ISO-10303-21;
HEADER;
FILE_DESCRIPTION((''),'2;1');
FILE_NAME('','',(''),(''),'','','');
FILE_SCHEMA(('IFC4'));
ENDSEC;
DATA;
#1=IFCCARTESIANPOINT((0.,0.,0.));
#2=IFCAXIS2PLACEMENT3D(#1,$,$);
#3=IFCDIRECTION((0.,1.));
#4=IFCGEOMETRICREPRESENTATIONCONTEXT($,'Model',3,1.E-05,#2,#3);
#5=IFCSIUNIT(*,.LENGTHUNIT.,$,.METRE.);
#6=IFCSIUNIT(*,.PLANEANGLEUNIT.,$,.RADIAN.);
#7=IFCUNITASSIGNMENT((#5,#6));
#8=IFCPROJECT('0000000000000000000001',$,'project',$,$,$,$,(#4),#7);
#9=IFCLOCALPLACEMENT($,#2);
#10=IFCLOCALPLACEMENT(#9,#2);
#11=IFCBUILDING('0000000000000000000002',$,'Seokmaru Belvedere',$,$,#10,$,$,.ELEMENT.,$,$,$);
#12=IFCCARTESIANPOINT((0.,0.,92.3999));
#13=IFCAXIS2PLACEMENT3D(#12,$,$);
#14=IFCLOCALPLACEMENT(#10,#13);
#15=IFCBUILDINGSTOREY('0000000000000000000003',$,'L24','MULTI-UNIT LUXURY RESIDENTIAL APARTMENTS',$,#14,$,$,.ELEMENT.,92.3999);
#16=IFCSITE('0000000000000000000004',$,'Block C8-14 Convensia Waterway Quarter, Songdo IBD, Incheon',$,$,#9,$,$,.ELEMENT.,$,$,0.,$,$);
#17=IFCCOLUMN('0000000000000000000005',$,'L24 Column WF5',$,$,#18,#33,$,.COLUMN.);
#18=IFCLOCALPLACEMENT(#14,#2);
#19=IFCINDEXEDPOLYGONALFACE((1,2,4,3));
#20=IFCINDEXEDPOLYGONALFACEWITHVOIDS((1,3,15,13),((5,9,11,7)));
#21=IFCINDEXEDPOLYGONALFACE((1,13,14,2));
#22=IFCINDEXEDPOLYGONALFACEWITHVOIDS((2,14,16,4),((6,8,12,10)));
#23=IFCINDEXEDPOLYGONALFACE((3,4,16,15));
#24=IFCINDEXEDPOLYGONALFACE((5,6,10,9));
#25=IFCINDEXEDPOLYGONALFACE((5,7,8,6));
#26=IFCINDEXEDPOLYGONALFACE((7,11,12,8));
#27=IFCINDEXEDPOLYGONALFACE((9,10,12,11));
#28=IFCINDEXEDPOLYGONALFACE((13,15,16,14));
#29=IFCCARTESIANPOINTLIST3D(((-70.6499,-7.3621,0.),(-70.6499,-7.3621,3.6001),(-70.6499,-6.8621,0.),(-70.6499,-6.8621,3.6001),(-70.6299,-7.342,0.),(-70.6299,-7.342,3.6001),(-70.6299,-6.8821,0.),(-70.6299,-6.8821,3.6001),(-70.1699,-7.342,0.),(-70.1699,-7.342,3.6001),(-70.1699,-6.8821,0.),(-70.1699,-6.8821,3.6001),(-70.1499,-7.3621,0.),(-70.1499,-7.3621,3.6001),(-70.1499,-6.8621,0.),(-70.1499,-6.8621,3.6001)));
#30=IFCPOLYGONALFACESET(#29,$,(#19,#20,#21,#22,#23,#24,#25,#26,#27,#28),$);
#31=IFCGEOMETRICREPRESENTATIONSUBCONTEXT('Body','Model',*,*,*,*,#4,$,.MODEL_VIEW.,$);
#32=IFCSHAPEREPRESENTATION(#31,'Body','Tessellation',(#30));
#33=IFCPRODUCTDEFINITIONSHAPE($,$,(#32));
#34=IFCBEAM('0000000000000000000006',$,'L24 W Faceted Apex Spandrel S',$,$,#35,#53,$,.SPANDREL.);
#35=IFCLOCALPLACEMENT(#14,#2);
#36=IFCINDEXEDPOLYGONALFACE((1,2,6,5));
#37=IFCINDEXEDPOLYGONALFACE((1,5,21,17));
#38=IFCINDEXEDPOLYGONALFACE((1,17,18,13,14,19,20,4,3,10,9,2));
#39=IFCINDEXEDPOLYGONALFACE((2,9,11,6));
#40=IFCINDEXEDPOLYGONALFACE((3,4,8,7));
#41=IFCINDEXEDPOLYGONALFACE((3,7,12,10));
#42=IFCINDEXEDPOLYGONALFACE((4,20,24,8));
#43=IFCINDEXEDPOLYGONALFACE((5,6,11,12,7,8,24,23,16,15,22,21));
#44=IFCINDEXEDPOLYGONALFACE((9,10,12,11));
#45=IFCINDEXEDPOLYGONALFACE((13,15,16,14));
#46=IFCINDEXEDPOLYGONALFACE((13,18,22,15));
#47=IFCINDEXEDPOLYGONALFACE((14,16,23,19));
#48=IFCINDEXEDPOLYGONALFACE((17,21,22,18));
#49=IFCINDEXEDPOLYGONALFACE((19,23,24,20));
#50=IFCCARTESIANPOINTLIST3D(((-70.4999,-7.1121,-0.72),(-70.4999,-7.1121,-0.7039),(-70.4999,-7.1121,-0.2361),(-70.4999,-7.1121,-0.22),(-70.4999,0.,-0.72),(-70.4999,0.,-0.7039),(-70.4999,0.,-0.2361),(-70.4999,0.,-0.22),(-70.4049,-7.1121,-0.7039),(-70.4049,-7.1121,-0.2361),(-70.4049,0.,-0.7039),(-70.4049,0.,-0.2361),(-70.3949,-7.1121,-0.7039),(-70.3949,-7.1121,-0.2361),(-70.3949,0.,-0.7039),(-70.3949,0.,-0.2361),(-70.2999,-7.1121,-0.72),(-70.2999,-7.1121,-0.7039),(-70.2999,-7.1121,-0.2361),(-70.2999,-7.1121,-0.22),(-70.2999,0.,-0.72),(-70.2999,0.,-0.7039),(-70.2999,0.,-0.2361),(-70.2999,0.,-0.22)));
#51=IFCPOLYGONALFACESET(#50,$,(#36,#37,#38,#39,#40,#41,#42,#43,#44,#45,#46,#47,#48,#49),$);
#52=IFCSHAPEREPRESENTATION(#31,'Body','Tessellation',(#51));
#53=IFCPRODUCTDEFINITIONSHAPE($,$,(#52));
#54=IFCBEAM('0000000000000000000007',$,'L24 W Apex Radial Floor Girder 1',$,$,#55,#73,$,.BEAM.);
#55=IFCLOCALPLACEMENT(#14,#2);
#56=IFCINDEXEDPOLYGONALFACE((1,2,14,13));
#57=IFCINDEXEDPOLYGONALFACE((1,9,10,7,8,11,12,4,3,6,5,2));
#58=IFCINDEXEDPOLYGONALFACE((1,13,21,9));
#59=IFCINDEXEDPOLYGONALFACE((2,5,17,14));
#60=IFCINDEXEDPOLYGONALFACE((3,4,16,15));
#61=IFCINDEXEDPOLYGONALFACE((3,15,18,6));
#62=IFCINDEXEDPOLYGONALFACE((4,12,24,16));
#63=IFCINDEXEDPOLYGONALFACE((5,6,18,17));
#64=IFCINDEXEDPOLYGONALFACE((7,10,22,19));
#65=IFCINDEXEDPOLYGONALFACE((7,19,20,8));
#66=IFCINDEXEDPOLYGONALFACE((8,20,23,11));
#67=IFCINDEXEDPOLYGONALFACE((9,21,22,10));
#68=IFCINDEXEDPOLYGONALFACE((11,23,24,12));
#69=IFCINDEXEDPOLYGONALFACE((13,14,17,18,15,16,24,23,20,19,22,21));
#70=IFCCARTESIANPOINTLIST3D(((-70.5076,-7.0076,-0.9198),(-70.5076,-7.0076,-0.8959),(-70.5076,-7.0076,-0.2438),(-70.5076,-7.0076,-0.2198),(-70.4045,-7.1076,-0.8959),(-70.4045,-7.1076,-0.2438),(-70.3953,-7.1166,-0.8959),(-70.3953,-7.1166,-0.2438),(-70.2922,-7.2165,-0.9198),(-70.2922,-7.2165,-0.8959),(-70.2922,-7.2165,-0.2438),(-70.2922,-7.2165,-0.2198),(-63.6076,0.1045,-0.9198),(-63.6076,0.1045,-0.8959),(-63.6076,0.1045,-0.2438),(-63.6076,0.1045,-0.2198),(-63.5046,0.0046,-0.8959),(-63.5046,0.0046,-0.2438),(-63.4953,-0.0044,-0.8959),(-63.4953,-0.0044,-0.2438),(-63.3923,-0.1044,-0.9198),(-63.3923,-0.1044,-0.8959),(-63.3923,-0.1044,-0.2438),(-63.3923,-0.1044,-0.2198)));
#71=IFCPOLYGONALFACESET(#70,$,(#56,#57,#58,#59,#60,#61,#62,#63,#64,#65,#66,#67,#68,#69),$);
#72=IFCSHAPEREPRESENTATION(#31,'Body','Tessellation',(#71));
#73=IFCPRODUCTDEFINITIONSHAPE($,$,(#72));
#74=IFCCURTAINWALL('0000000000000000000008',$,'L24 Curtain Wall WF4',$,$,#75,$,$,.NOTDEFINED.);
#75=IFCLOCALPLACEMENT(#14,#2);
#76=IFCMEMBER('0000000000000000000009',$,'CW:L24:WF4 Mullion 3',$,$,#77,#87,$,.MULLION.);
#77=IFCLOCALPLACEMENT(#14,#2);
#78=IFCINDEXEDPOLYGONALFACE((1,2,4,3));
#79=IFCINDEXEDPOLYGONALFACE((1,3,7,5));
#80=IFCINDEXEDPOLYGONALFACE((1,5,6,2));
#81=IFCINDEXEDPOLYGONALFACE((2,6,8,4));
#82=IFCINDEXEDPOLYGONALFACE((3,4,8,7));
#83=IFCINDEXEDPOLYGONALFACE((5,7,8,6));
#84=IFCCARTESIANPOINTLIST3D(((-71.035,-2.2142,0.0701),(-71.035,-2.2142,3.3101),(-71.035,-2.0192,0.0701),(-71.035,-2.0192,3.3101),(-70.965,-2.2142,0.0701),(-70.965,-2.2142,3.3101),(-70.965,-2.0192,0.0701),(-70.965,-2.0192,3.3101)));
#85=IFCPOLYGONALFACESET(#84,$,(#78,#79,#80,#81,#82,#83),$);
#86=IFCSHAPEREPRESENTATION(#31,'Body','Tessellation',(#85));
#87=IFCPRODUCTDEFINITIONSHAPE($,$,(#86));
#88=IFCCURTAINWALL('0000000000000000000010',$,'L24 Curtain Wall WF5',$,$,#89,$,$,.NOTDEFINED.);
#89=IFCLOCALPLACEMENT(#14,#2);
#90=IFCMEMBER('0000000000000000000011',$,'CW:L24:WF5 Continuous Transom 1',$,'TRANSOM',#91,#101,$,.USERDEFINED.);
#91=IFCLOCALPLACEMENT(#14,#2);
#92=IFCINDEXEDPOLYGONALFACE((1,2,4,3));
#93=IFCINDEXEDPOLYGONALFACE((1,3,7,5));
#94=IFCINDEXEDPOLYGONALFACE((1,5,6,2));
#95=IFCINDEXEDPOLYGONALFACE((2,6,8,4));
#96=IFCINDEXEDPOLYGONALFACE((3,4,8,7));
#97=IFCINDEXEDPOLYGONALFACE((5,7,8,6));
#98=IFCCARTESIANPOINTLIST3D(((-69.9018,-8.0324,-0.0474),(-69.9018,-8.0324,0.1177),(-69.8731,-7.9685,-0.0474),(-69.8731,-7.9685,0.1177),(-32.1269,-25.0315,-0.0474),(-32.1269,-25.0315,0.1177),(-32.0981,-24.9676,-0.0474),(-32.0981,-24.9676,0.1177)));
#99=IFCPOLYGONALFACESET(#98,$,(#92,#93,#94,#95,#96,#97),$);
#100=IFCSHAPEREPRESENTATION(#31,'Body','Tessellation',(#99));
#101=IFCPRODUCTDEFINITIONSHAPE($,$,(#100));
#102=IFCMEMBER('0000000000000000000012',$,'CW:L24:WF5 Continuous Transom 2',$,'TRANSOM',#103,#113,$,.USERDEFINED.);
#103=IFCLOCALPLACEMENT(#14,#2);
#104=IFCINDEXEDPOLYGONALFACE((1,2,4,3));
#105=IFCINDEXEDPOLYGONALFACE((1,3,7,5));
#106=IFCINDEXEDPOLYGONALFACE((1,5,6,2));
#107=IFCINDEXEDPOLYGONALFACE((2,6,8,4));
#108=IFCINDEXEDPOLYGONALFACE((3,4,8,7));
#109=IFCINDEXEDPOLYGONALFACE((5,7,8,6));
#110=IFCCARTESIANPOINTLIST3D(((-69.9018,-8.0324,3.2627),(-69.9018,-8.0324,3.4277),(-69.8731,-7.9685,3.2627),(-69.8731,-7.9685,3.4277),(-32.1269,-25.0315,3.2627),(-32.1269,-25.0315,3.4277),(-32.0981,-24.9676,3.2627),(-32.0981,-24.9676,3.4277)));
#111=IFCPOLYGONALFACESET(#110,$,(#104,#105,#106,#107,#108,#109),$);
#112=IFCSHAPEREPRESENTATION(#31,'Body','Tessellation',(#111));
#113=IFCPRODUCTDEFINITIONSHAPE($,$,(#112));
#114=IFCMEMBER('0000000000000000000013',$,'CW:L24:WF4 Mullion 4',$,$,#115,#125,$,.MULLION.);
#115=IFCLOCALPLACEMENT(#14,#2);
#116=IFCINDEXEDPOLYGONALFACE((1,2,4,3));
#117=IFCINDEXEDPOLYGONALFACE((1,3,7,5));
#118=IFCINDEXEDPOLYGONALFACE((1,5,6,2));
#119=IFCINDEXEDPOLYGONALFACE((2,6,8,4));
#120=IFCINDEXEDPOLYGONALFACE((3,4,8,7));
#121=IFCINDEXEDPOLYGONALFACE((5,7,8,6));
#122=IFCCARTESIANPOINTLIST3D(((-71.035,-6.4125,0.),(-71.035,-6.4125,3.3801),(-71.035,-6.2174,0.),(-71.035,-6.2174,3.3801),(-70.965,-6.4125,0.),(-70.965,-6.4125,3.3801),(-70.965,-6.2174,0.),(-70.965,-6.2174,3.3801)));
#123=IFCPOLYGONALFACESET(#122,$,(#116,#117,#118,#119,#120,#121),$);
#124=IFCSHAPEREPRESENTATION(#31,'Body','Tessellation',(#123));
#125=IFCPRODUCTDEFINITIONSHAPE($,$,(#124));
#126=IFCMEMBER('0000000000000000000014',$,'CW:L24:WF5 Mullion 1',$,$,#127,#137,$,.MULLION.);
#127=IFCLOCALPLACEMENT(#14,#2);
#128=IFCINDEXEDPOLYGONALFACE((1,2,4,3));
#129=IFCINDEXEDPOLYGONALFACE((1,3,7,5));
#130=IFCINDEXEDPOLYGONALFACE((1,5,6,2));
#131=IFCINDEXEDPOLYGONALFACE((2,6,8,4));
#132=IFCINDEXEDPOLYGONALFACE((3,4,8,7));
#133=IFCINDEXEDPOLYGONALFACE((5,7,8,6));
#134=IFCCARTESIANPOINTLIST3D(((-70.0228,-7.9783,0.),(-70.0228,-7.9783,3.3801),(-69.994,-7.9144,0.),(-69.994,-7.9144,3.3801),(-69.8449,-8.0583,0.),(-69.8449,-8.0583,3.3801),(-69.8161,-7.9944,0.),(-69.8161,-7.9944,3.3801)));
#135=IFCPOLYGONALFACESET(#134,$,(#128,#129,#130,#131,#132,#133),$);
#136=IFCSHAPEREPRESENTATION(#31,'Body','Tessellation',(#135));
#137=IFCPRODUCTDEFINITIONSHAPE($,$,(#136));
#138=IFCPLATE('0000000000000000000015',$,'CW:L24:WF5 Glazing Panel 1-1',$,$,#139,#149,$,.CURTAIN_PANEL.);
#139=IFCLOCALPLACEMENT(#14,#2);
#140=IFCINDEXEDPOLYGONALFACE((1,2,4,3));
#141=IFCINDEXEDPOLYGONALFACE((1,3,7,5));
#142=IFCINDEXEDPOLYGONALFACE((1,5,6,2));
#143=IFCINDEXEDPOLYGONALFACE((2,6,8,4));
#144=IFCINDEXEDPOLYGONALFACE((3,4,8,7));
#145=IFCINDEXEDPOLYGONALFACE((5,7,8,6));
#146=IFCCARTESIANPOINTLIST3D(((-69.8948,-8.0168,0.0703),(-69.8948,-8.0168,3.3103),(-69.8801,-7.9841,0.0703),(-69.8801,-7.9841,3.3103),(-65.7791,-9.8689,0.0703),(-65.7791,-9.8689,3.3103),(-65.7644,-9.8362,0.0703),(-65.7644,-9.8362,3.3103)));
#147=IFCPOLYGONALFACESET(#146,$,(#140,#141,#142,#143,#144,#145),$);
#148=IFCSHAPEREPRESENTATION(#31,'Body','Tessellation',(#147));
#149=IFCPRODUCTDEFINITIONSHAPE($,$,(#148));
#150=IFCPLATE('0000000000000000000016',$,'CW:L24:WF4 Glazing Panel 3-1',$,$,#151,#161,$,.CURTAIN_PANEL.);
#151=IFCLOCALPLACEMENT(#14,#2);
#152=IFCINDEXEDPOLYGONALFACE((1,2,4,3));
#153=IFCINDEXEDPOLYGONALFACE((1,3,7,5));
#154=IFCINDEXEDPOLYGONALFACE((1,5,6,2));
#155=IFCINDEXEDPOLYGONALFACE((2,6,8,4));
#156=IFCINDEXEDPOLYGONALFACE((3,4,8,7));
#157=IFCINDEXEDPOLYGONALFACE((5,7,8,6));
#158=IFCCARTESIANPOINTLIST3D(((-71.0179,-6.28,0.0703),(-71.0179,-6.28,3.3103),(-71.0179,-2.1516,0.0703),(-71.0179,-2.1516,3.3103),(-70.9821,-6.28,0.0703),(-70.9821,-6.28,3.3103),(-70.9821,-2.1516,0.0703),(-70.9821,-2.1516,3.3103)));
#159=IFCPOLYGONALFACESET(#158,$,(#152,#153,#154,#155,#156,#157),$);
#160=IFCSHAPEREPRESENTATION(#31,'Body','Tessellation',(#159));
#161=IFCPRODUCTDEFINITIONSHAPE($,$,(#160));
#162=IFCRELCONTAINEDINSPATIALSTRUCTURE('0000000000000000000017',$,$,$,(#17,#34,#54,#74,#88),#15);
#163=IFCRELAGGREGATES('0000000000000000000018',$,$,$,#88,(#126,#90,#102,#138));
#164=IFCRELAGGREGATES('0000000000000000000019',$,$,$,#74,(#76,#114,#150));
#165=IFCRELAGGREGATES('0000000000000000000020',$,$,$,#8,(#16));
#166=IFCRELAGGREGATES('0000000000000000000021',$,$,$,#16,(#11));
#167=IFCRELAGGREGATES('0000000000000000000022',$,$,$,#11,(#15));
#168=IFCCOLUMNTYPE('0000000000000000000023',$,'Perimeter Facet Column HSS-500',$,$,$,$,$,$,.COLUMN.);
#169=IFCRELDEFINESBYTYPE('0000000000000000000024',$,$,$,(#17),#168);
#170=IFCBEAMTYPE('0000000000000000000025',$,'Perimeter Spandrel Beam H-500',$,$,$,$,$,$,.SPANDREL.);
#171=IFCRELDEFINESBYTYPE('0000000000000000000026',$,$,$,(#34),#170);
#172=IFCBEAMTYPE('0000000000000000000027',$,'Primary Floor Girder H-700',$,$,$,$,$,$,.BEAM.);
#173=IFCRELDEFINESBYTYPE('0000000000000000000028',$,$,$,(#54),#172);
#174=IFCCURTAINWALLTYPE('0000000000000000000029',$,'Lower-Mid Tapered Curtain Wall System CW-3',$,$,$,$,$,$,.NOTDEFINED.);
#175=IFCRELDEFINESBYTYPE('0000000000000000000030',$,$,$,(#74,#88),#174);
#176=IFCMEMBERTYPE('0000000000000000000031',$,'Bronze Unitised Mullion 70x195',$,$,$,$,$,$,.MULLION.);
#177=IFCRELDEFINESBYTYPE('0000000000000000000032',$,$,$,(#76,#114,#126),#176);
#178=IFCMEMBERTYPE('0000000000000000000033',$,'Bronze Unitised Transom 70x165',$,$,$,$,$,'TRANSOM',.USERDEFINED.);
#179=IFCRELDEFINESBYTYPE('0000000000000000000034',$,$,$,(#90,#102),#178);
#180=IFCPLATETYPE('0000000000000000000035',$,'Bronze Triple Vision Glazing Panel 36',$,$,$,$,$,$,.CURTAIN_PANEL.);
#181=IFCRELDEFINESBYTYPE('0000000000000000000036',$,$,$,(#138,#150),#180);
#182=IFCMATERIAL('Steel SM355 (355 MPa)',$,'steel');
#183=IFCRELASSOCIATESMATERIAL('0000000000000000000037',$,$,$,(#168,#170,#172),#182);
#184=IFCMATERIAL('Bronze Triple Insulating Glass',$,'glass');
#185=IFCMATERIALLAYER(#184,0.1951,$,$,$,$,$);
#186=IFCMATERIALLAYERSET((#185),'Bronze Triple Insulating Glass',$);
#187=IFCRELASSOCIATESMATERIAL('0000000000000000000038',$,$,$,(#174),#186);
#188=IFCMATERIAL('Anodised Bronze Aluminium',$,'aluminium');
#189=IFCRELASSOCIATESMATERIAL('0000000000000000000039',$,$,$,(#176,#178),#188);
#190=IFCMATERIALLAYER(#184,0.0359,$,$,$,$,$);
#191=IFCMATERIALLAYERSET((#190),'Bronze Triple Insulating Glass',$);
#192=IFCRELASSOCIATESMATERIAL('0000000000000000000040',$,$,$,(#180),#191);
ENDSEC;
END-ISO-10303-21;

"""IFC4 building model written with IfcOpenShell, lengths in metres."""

from ifc_helpers import new_model, si_unit, direction, frame, origin, origin_2d, place, context, subcontext, project, spatial, rectangle, hollow_rectangle, i_section, extrude, source, transform, mapped, material, layer, layer_set, material_profile, profile_set, type_object, type_shapes, element, aggregate, save


model = new_model("IFC4")

# Units and contexts
model_context = context("Model", 3, precision=1e-05, world=origin(), true_north=direction((0.0, 1.0)))
body_context = subcontext(model_context, "Body", "Model", "MODEL_VIEW")
ifc_project = project(units=[si_unit("LENGTHUNIT", "METRE"), si_unit("PLANEANGLEUNIT", "RADIAN")], contexts=[model_context])

# Site, building, storey
site_placement = place(None, origin())
site = spatial("IfcSite", under=ifc_project, at=site_placement, Name="Block C8-14 Convensia Waterway Quarter, Songdo IBD, Incheon", CompositionType="ELEMENT", RefElevation=0.0)
building_placement = place(site_placement, origin())
building = spatial("IfcBuilding", under=site, at=building_placement, Name="Seokmaru Belvedere", CompositionType="ELEMENT")
storey_placement = place(building_placement, frame((0.0, 0.0, 92.3999)))
storey = spatial("IfcBuildingStorey", under=building, at=storey_placement, Name="L24", Description="MULTI-UNIT LUXURY RESIDENTIAL APARTMENTS", CompositionType="ELEMENT", Elevation=92.3999)

# Column
ifc_material_1 = material(Name="Steel SM355 (355 MPa)", Category="steel")
ifc_material_profile_1 = material_profile(ifc_material_1, hollow_rectangle(XDim=0.5, YDim=0.5, WallThickness=0.02, at=origin_2d()), Name="HSS-500x500x20")
ifc_profile_set_1 = profile_set([ifc_material_profile_1], Name="Steel SM355 (355 MPa)")
column_type = type_object("IfcColumnType", Name="Perimeter Facet Column HSS-500", PredefinedType="COLUMN", material=ifc_profile_set_1)
shared_shape_1 = source(origin(), body_context, "Body", "SweptSolid", [
    extrude(hollow_rectangle(XDim=0.5, YDim=0.5, WallThickness=0.02, at=origin_2d()), origin(), (0.0, 0.0, 1.0), 3.6001),
])
type_shapes(column_type, [shared_shape_1])
column_placement = place(storey_placement, frame((-70.3999, -7.1121, 0.0), z_axis=(0.0, 0.0, 1.0), x_axis=(1.0, 0.0, 0.0)))
element("IfcColumn", 1, at=column_placement, inside=storey, type_object=column_type, Name="L24 Column WF5", PredefinedType="COLUMN", context=body_context, shape_type="MappedRepresentation", body=[
    mapped(shared_shape_1, transform((0.0, 0.0, 0.0), scale=1.0)),
])

# Beams
ifc_material_profile_2 = material_profile(ifc_material_1, i_section(OverallWidth=0.2, OverallDepth=0.5, WebThickness=0.01, FlangeThickness=0.0161, at=origin_2d()), Name="H-500x200x10x16")
ifc_profile_set_2 = profile_set([ifc_material_profile_2], Name="Steel SM355 (355 MPa)")
beam_type_1 = type_object("IfcBeamType", Name="Perimeter Spandrel Beam H-500", PredefinedType="SPANDREL", material=ifc_profile_set_2)
shared_shape_2 = source(origin(), body_context, "Body", "SweptSolid", [
    extrude(i_section(OverallWidth=0.2, OverallDepth=0.5, WebThickness=0.01, FlangeThickness=0.0161, at=origin_2d()), origin(), (0.0, 0.0, 1.0), 7.1121),
])
type_shapes(beam_type_1, [shared_shape_2])
beam_1_placement = place(storey_placement, frame((-70.3999, -7.1121, -0.47), z_axis=(0.0, 1.0, 0.0), x_axis=(-1.0, 0.0, 0.0)))
element("IfcBeam", 2, at=beam_1_placement, inside=storey, type_object=beam_type_1, Name="L24 W Faceted Apex Spandrel S", PredefinedType="SPANDREL", context=body_context, shape_type="MappedRepresentation", body=[
    mapped(shared_shape_2, transform((0.0, 0.0, 0.0), scale=1.0)),
])
ifc_material_profile_3 = material_profile(ifc_material_1, i_section(OverallWidth=0.3, OverallDepth=0.7, WebThickness=0.0129, FlangeThickness=0.0239, at=origin_2d()), Name="H-700x300x13x24")
ifc_profile_set_3 = profile_set([ifc_material_profile_3], Name="Steel SM355 (355 MPa)")
beam_type_2 = type_object("IfcBeamType", Name="Primary Floor Girder H-700", PredefinedType="BEAM", material=ifc_profile_set_3)
shared_shape_3 = source(origin(), body_context, "Body", "SweptSolid", [
    extrude(i_section(OverallWidth=0.3, OverallDepth=0.7, WebThickness=0.0129, FlangeThickness=0.0239, at=origin_2d()), origin(), (0.0, 0.0, 1.0), 9.9092),
])
type_shapes(beam_type_2, [shared_shape_3])
beam_2_placement = place(storey_placement, frame((-70.3999, -7.1121, -0.5698), z_axis=(0.696321, 0.717731, 0.0), x_axis=(-0.717731, 0.696321, 0.0)))
element("IfcBeam", 3, at=beam_2_placement, inside=storey, type_object=beam_type_2, Name="L24 W Apex Radial Floor Girder 1", PredefinedType="BEAM", context=body_context, shape_type="MappedRepresentation", body=[
    mapped(shared_shape_3, transform((0.0, 0.0, 0.0), scale=1.0)),
])

# Curtain wall, member
ifc_material_2 = material(Name="Bronze Triple Insulating Glass", Category="glass")
ifc_layer_1 = layer(ifc_material_2, 0.1951)
ifc_layer_set_1 = layer_set([ifc_layer_1], Name="Bronze Triple Insulating Glass")
curtain_wall_type = type_object("IfcCurtainWallType", Name="Lower-Mid Tapered Curtain Wall System CW-3", PredefinedType="NOTDEFINED", material=ifc_layer_set_1)
curtain_wall_1_placement = place(storey_placement, origin())
curtain_wall_1 = element("IfcCurtainWall", 4, at=curtain_wall_1_placement, inside=storey, type_object=curtain_wall_type, Name="L24 Curtain Wall WF4", PredefinedType="NOTDEFINED")
ifc_material_3 = material(Name="Anodised Bronze Aluminium", Category="aluminium")
ifc_material_profile_4 = material_profile(ifc_material_3, rectangle(XDim=0.0701, YDim=0.1951, at=origin_2d()), Name="CW-M-70x195")
ifc_profile_set_4 = profile_set([ifc_material_profile_4], Name="Anodised Bronze Aluminium")
member_type_1 = type_object("IfcMemberType", Name="Bronze Unitised Mullion 70x195", PredefinedType="MULLION", material=ifc_profile_set_4)
shared_shape_4 = source(origin(), body_context, "Body", "SweptSolid", [
    extrude(rectangle(XDim=0.0701, YDim=0.1951, at=origin_2d()), origin(), (0.0, 0.0, 1.0), 3.24),
])
member_1_placement = place(storey_placement, frame((-71.0, -2.1167, 0.0701), z_axis=(0.0, 0.0, 1.0), x_axis=(1.0, 0.0, 0.0)))
member_1 = element("IfcMember", 5, at=member_1_placement, type_object=member_type_1, Name="CW:L24:WF4 Mullion 3", PredefinedType="MULLION", context=body_context, shape_type="MappedRepresentation", body=[
    mapped(shared_shape_4, transform((0.0, 0.0, 0.0), scale=1.0)),
])

# Curtain wall, members
curtain_wall_2_placement = place(storey_placement, origin())
curtain_wall_2 = element("IfcCurtainWall", 6, at=curtain_wall_2_placement, inside=storey, type_object=curtain_wall_type, Name="L24 Curtain Wall WF5", PredefinedType="NOTDEFINED")
ifc_material_profile_5 = material_profile(ifc_material_3, rectangle(XDim=0.0701, YDim=0.165, at=origin_2d()), Name="CW-T-70x165")
ifc_profile_set_5 = profile_set([ifc_material_profile_5], Name="Anodised Bronze Aluminium")
member_type_2 = type_object("IfcMemberType", Name="Bronze Unitised Transom 70x165", ElementType="TRANSOM", PredefinedType="USERDEFINED", material=ifc_profile_set_5)
shared_shape_5 = source(origin(), body_context, "Body", "SweptSolid", [
    extrude(rectangle(XDim=0.0701, YDim=0.165, at=origin_2d()), origin(), (0.0, 0.0, 1.0), 41.4236),
])
type_shapes(member_type_2, [shared_shape_5])
member_2_placement = place(storey_placement, frame((-69.8875, -8.0005, 0.0352), z_axis=(0.911919, -0.410371, 0.0), x_axis=(0.410371, 0.911919, 0.0)))
member_2 = element("IfcMember", 7, at=member_2_placement, type_object=member_type_2, Name="CW:L24:WF5 Continuous Transom 1", ObjectType="TRANSOM", PredefinedType="USERDEFINED", context=body_context, shape_type="MappedRepresentation", body=[
    mapped(shared_shape_5, transform((0.0, 0.0, 0.0), scale=1.0)),
])
member_3_placement = place(storey_placement, frame((-69.8875, -8.0005, 3.3452), z_axis=(0.911919, -0.410371, 0.0), x_axis=(0.410371, 0.911919, 0.0)))
member_3 = element("IfcMember", 8, at=member_3_placement, type_object=member_type_2, Name="CW:L24:WF5 Continuous Transom 2", ObjectType="TRANSOM", PredefinedType="USERDEFINED", context=body_context, shape_type="MappedRepresentation", body=[
    mapped(shared_shape_5, transform((0.0, 0.0, 0.0), scale=1.0)),
])

# Members
shared_shape_6 = source(origin(), body_context, "Body", "SweptSolid", [
    extrude(rectangle(XDim=0.0701, YDim=0.1951, at=origin_2d()), origin(), (0.0, 0.0, 1.0), 3.3801),
])
type_shapes(member_type_1, [shared_shape_4, shared_shape_6])
member_4_placement = place(storey_placement, frame((-71.0, -6.3149, 0.0), z_axis=(0.0, 0.0, 1.0), x_axis=(1.0, 0.0, 0.0)))
member_4 = element("IfcMember", 9, at=member_4_placement, type_object=member_type_1, Name="CW:L24:WF4 Mullion 4", PredefinedType="MULLION", context=body_context, shape_type="MappedRepresentation", body=[
    mapped(shared_shape_6, transform((0.0, 0.0, 0.0), scale=1.0)),
])
member_5_placement = place(storey_placement, frame((-69.9194, -7.9863, 0.0), z_axis=(0.0, 0.0, 1.0), x_axis=(0.410366, 0.911921, 0.0)))
member_5 = element("IfcMember", 10, at=member_5_placement, type_object=member_type_1, Name="CW:L24:WF5 Mullion 1", PredefinedType="MULLION", context=body_context, shape_type="MappedRepresentation", body=[
    mapped(shared_shape_6, transform((0.0, 0.0, 0.0), scale=1.0)),
])

# Plates
ifc_layer_2 = layer(ifc_material_2, 0.0359)
ifc_layer_set_2 = layer_set([ifc_layer_2], Name="Bronze Triple Insulating Glass")
plate_type = type_object("IfcPlateType", Name="Bronze Triple Vision Glazing Panel 36", PredefinedType="CURTAIN_PANEL", material=ifc_layer_set_2)
shared_shape_7 = source(origin(), body_context, "Body", "SweptSolid", [
    extrude(rectangle(XDim=4.5132, YDim=0.0359, at=origin_2d()), origin(), (0.0, 0.0, 1.0), 3.24),
])
plate_1_placement = place(storey_placement, frame((-67.8296, -8.9265, 0.0703), z_axis=(0.0, 0.0, 1.0), x_axis=(0.911921, -0.410366, 0.0)))
plate_1 = element("IfcPlate", 11, at=plate_1_placement, type_object=plate_type, Name="CW:L24:WF5 Glazing Panel 1-1", PredefinedType="CURTAIN_PANEL", context=body_context, shape_type="MappedRepresentation", body=[
    mapped(shared_shape_7, transform((0.0, 0.0, 0.0), scale=1.0)),
])
aggregate(curtain_wall_2, [member_5, member_2, member_3, plate_1])
shared_shape_8 = source(origin(), body_context, "Body", "SweptSolid", [
    extrude(rectangle(XDim=4.1284, YDim=0.0359, at=origin_2d()), origin(), (0.0, 0.0, 1.0), 3.24),
])
type_shapes(plate_type, [shared_shape_7, shared_shape_8])
plate_2_placement = place(storey_placement, frame((-71.0, -4.2158, 0.0703), z_axis=(0.0, 0.0, 1.0), x_axis=(0.0, -1.0, 0.0)))
plate_2 = element("IfcPlate", 12, at=plate_2_placement, type_object=plate_type, Name="CW:L24:WF4 Glazing Panel 3-1", PredefinedType="CURTAIN_PANEL", context=body_context, shape_type="MappedRepresentation", body=[
    mapped(shared_shape_8, transform((0.0, 0.0, 0.0), scale=1.0)),
])
aggregate(curtain_wall_1, [member_1, member_4, plate_2])

save(model, "model.ifc")
